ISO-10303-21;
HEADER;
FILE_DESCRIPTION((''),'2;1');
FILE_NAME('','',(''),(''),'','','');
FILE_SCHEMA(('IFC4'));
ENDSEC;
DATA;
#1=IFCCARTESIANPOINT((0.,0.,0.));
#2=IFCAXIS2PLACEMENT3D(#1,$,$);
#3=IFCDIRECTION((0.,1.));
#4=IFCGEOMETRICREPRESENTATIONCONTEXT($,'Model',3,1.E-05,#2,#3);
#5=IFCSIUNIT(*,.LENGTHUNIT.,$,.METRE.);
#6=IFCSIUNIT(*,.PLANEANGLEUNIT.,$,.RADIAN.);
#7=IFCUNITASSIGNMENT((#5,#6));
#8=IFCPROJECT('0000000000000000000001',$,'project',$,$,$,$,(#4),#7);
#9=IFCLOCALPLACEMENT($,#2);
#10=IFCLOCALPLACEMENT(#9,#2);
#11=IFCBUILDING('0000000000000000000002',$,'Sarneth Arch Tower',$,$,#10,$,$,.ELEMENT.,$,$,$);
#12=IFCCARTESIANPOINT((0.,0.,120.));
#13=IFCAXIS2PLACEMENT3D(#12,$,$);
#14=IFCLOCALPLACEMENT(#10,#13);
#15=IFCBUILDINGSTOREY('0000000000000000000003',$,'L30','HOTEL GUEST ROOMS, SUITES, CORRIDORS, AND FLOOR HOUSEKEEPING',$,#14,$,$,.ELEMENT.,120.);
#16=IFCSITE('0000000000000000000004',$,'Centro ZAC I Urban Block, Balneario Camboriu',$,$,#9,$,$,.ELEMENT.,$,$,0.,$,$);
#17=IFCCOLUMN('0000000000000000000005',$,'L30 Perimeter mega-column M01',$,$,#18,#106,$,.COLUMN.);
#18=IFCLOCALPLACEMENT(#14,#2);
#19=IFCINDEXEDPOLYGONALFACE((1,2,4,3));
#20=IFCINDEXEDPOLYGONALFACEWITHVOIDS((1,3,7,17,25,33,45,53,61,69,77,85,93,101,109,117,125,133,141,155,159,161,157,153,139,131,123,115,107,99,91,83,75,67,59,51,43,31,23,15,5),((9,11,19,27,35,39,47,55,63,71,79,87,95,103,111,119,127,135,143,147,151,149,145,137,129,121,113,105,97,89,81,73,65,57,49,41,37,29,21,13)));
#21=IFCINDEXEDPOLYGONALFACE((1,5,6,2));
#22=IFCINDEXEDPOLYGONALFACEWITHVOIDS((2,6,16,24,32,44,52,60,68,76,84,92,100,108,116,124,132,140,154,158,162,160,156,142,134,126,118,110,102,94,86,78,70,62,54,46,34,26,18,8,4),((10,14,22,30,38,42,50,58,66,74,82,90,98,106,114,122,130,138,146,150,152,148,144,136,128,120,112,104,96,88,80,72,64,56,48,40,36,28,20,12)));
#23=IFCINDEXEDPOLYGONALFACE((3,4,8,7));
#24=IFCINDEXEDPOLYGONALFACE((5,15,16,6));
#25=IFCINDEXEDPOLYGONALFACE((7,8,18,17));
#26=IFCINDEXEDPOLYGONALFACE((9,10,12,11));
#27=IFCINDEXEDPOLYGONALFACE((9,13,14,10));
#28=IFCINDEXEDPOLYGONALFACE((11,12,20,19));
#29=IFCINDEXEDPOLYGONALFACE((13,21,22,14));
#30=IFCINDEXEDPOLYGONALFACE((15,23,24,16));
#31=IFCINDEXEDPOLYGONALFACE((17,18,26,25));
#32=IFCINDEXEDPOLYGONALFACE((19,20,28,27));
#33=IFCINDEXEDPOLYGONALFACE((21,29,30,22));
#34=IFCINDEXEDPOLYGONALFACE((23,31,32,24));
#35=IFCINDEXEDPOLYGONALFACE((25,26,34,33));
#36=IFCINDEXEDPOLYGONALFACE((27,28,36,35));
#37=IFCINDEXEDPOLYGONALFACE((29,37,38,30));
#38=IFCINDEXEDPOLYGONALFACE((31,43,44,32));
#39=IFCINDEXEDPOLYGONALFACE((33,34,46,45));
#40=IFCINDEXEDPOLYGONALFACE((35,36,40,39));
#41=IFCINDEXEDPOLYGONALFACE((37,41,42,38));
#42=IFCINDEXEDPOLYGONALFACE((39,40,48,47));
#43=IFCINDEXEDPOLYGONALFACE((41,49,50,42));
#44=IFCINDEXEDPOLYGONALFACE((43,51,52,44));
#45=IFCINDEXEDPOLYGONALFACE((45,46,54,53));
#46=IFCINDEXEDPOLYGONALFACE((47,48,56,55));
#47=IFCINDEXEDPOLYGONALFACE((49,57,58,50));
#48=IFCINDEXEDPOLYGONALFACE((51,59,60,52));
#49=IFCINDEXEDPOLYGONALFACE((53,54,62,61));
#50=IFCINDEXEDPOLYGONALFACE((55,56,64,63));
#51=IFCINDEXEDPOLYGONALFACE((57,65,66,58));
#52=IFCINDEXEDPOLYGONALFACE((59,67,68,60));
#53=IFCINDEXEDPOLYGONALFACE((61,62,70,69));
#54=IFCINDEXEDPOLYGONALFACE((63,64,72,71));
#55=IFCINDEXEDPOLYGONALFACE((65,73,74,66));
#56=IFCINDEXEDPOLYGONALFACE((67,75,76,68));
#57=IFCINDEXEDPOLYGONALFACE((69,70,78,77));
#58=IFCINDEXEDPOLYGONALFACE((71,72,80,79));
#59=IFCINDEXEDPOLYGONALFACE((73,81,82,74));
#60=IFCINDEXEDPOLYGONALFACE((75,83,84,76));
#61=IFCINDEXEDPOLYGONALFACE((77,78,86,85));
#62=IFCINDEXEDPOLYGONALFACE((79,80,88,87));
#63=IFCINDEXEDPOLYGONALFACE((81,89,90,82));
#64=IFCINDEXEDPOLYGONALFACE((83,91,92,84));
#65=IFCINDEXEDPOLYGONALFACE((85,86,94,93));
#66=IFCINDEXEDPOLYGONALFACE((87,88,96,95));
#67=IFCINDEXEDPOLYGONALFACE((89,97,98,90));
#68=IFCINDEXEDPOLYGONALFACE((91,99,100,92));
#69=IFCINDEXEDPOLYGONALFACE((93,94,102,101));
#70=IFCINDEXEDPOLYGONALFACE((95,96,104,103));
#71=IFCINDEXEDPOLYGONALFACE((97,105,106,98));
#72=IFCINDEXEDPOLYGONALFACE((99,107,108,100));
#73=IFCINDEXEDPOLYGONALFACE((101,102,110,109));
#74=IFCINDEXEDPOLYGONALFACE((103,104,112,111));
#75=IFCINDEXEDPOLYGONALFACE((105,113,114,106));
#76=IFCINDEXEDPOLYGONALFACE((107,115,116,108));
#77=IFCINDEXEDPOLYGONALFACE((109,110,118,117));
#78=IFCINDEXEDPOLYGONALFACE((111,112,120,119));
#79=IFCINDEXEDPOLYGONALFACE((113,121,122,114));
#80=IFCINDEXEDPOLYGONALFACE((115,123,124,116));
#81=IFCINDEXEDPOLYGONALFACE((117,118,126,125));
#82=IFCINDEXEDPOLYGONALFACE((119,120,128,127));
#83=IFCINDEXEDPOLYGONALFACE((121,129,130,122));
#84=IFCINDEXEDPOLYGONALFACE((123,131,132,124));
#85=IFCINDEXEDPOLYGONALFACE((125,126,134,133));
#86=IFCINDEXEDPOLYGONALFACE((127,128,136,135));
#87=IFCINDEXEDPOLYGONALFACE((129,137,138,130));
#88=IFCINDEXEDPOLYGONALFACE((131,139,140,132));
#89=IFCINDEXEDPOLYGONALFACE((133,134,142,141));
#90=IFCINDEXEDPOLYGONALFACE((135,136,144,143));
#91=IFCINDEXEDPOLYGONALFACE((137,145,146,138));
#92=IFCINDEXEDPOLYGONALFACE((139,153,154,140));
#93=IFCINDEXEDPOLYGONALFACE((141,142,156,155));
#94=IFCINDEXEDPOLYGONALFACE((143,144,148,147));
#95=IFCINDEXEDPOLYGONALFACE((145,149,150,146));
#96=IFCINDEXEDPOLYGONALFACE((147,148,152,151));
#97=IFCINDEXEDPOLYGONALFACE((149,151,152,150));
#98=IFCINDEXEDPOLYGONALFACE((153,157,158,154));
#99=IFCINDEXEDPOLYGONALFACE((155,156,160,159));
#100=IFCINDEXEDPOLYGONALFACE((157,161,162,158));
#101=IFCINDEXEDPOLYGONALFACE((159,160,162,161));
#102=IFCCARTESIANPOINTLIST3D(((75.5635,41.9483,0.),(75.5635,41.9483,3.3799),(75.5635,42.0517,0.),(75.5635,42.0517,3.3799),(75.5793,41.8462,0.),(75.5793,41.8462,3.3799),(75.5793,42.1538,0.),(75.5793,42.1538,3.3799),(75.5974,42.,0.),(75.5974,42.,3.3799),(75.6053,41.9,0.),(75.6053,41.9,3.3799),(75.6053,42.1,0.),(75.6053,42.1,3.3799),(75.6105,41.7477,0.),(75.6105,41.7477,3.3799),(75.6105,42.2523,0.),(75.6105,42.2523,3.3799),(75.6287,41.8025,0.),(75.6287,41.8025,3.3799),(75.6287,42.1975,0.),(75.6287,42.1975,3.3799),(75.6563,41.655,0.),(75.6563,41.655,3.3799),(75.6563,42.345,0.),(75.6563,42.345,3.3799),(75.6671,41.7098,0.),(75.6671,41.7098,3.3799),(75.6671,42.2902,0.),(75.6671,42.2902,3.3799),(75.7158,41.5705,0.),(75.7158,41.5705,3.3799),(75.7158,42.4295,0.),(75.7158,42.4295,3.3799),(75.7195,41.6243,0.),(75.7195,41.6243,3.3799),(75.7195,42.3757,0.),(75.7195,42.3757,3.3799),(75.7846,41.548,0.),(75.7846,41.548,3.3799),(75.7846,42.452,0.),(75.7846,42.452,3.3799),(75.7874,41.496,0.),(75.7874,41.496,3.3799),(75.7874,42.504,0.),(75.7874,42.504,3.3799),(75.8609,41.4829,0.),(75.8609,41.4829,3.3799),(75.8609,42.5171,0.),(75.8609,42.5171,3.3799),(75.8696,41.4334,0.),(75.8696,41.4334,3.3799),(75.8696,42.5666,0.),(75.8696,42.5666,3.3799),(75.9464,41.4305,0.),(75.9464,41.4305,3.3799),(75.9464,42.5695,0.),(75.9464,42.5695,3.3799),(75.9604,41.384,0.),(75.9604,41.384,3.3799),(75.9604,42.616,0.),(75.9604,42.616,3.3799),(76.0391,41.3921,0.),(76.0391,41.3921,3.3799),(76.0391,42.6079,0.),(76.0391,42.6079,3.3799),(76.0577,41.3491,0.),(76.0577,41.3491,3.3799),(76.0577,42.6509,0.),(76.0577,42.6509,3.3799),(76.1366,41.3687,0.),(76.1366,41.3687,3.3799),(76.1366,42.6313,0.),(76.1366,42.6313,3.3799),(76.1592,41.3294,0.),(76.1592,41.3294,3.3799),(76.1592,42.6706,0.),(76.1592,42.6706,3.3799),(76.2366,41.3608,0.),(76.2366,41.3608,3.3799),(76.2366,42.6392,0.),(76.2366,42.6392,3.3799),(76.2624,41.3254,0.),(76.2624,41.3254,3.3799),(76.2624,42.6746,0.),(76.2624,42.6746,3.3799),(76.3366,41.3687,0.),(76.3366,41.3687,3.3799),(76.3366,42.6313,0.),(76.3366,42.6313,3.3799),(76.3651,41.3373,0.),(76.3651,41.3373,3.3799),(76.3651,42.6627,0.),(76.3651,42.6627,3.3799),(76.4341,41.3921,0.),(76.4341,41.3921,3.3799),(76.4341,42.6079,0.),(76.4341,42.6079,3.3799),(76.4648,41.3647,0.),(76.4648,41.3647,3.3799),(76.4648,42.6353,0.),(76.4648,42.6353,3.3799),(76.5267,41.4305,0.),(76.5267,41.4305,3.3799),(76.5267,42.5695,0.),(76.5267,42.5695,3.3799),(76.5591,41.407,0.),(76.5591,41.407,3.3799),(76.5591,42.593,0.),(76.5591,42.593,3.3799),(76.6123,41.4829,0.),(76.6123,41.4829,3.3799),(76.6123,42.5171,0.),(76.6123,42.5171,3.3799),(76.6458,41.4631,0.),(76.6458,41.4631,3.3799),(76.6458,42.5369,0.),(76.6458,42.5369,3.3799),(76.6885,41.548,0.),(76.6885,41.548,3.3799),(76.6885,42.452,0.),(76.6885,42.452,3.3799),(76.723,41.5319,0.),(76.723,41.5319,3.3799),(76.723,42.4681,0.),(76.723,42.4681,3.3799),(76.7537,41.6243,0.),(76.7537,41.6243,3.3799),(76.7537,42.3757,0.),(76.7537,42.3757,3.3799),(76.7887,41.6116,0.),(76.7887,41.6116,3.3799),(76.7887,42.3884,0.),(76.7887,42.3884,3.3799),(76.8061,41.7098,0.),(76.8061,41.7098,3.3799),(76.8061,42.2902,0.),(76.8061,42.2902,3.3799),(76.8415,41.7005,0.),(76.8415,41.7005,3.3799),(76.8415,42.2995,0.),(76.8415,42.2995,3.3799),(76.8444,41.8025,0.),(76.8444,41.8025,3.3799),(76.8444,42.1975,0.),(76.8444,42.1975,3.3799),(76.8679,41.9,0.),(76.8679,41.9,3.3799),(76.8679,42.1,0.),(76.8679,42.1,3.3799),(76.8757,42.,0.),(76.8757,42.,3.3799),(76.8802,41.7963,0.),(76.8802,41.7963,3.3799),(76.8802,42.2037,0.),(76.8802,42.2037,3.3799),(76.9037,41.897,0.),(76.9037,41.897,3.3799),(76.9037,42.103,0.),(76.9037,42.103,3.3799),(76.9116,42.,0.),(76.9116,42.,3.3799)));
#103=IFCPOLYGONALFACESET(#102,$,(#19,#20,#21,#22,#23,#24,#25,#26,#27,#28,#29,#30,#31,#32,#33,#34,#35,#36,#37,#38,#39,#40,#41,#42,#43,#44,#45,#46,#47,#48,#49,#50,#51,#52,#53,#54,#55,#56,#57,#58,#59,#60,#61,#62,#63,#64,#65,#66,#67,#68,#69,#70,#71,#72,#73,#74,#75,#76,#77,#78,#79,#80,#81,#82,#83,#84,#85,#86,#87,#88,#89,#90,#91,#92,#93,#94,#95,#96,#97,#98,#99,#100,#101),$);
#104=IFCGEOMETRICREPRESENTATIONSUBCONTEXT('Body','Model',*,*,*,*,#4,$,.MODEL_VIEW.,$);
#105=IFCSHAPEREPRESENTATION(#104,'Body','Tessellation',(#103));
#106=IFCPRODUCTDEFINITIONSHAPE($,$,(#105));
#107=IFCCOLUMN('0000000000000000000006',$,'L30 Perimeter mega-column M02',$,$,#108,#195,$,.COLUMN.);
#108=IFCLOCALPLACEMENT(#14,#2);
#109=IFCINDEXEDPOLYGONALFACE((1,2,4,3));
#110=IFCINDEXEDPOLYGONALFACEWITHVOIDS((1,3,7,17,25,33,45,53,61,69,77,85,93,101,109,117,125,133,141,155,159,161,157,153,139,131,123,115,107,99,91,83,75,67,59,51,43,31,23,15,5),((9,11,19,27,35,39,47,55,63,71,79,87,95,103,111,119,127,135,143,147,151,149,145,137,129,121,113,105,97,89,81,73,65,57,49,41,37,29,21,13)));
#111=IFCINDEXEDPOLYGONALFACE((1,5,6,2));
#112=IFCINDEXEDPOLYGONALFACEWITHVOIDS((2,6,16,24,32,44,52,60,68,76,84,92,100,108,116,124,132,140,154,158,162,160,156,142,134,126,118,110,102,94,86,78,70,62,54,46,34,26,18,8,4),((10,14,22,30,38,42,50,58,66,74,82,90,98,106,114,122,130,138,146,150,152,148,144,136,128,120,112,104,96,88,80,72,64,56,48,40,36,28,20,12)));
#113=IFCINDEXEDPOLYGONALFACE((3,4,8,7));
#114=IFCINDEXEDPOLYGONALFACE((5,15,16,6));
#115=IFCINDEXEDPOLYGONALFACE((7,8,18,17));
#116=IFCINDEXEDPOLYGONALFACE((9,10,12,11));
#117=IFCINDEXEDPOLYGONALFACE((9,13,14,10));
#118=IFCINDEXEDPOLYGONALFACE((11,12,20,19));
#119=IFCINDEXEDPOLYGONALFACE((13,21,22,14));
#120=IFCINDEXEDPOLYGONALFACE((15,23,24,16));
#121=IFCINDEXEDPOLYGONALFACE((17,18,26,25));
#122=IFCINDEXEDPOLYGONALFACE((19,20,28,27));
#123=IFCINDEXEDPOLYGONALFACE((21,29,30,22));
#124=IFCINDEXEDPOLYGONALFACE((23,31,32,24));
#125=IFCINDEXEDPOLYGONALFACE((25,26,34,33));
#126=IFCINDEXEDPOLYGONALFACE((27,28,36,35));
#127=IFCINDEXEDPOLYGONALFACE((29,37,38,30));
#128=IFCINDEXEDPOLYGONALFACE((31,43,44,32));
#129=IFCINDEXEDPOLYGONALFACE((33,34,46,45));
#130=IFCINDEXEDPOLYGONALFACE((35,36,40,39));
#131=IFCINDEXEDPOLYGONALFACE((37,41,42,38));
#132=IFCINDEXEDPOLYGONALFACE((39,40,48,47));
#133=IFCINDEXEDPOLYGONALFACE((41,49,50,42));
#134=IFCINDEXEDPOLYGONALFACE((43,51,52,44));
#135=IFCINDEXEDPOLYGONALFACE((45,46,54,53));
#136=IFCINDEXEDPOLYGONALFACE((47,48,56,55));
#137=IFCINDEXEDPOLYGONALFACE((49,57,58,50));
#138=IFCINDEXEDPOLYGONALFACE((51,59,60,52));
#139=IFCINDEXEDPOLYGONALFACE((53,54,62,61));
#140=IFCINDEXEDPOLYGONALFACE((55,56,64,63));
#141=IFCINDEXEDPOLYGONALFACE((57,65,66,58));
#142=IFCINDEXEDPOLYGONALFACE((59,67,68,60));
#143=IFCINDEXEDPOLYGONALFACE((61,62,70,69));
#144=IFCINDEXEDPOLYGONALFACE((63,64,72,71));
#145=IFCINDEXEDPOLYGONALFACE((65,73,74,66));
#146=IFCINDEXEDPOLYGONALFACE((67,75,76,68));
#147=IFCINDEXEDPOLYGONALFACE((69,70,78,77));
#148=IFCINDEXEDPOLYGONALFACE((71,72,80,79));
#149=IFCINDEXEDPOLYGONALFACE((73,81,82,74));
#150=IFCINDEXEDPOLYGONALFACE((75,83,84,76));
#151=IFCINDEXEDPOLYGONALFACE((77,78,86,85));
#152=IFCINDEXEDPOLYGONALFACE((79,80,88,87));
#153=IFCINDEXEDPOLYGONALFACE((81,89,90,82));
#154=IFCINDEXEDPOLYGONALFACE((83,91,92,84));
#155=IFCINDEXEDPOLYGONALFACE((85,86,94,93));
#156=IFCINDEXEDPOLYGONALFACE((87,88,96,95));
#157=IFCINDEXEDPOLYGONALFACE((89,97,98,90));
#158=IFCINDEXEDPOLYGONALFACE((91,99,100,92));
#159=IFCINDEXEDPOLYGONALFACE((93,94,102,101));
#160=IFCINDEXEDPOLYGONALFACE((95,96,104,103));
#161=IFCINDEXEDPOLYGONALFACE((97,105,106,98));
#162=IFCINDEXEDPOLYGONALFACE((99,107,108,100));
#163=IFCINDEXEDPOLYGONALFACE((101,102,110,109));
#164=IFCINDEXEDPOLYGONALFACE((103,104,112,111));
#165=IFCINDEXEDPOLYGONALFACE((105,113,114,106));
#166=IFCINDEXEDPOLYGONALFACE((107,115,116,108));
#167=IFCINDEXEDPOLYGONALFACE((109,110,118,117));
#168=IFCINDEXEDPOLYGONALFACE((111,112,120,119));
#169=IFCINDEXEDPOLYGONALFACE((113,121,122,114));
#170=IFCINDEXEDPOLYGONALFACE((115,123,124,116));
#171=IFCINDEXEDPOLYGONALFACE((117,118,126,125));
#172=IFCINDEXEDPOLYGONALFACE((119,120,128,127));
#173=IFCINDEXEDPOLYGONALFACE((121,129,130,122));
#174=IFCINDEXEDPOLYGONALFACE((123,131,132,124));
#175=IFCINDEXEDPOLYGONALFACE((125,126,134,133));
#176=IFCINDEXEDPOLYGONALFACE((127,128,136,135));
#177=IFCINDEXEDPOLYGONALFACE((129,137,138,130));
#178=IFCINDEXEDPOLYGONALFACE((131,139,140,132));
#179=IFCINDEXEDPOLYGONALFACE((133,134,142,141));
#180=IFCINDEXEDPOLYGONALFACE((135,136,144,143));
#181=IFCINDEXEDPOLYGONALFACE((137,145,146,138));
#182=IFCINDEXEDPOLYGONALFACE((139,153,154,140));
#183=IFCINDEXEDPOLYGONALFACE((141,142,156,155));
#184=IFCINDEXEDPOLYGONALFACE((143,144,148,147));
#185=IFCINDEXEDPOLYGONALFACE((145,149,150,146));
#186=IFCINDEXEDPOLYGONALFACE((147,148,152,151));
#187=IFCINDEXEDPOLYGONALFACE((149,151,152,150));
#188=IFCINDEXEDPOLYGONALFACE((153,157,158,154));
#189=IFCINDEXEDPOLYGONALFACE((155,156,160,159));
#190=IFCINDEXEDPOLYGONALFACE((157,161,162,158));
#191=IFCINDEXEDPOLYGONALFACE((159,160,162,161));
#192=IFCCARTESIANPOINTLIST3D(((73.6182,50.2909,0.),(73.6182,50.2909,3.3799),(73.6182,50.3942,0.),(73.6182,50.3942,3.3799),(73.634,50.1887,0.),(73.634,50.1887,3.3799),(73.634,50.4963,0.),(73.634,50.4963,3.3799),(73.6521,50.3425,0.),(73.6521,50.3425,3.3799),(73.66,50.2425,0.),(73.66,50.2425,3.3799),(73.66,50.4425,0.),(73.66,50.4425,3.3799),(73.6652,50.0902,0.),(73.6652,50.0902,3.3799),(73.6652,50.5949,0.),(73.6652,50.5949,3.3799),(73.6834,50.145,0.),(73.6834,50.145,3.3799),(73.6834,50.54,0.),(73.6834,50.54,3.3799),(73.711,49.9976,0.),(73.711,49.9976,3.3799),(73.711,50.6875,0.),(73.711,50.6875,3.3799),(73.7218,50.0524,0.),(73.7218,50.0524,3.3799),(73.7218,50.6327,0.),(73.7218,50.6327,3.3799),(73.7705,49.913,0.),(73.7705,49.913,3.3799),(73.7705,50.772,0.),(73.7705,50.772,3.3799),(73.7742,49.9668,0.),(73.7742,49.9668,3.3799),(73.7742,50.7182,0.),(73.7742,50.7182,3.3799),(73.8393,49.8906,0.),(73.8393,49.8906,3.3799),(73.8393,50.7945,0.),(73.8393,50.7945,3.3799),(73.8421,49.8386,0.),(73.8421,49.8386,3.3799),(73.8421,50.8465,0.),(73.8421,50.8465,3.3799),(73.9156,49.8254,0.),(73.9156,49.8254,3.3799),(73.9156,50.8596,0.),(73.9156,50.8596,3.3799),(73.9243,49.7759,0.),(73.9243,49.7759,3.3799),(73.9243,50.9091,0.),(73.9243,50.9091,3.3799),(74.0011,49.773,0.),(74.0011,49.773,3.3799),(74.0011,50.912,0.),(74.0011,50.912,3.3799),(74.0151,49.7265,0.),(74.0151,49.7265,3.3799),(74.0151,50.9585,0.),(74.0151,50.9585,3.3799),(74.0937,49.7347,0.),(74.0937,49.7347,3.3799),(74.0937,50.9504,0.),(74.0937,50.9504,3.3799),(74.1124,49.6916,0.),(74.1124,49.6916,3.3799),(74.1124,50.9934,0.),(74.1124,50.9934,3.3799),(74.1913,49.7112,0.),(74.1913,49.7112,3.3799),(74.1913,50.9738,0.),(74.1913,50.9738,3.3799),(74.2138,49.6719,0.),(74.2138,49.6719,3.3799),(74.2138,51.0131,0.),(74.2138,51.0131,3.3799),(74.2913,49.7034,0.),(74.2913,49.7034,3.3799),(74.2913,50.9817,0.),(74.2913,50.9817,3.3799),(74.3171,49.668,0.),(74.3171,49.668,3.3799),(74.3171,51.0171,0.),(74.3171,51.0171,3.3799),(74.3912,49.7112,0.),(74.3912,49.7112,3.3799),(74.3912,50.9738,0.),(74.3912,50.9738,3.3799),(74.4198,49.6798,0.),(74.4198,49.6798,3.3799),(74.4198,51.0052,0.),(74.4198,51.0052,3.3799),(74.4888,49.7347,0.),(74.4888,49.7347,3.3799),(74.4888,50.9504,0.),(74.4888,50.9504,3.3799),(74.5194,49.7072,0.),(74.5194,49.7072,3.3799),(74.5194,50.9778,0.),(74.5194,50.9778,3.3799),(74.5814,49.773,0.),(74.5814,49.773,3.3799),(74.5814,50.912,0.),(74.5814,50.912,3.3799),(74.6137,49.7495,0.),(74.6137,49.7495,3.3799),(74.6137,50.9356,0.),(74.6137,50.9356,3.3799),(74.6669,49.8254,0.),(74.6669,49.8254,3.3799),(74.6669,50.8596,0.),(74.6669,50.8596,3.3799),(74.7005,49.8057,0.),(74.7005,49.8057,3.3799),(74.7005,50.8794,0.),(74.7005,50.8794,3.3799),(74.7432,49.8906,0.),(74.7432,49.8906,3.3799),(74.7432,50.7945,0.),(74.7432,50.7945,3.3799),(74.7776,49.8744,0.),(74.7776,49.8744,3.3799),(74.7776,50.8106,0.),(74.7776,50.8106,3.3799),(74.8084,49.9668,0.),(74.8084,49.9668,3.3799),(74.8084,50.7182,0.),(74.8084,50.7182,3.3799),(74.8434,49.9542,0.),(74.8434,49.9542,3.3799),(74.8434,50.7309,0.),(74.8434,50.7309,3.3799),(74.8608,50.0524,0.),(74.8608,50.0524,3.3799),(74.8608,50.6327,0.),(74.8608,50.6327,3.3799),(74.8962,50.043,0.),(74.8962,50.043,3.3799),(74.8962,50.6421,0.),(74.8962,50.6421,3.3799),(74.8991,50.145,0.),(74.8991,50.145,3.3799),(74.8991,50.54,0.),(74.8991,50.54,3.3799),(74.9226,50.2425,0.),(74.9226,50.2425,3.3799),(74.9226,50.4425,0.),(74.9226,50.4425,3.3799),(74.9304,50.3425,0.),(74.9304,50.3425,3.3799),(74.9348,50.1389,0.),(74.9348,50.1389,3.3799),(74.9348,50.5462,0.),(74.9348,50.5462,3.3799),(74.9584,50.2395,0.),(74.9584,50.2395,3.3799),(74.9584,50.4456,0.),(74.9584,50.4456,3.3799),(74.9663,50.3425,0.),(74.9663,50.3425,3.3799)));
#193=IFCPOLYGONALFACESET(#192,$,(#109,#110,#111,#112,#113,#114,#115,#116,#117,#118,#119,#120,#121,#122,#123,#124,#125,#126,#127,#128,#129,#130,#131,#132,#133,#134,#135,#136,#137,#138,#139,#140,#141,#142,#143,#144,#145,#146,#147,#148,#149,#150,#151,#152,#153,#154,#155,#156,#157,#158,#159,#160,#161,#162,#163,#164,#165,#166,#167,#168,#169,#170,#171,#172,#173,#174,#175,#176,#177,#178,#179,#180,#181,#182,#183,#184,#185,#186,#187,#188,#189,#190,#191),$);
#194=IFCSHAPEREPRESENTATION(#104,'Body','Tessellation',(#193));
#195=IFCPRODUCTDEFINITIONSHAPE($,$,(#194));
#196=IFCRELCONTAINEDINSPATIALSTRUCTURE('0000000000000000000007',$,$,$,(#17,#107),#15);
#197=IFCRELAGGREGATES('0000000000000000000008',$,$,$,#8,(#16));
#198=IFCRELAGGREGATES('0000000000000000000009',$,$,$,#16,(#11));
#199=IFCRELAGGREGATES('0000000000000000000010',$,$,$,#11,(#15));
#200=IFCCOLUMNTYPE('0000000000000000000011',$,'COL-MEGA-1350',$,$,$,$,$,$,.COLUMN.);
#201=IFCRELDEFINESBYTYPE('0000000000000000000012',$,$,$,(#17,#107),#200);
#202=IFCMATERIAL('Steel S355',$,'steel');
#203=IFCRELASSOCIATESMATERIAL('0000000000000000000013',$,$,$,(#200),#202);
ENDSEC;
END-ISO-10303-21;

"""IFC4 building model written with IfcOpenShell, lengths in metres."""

from ifc_helpers import new_model, si_unit, direction, frame, origin, origin_2d, place, context, subcontext, project, spatial, hollow_circle, extrude, material, material_profile, profile_set, type_object, element, save


model = new_model("IFC4")

# Units and contexts
model_context = context("Model", 3, precision=1e-05, world=origin(), true_north=direction((0.0, 1.0)))
body_context = subcontext(model_context, "Body", "Model", "MODEL_VIEW")
ifc_project = project(units=[si_unit("LENGTHUNIT", "METRE"), si_unit("PLANEANGLEUNIT", "RADIAN")], contexts=[model_context])

# Site, building, storey
site_placement = place(None, origin())
site = spatial("IfcSite", under=ifc_project, at=site_placement, Name="Centro ZAC I Urban Block, Balneario Camboriu", CompositionType="ELEMENT", RefElevation=0.0)
building_placement = place(site_placement, origin())
building = spatial("IfcBuilding", under=site, at=building_placement, Name="Sarneth Arch Tower", CompositionType="ELEMENT")
storey_placement = place(building_placement, frame((0.0, 0.0, 120.0)))
storey = spatial("IfcBuildingStorey", under=building, at=storey_placement, Name="L30", Description="HOTEL GUEST ROOMS, SUITES, CORRIDORS, AND FLOOR HOUSEKEEPING", CompositionType="ELEMENT", Elevation=120.0)

# Columns
ifc_material_1 = material(Name="Steel S355", Category="steel")
ifc_material_profile_1 = material_profile(ifc_material_1, hollow_circle(Radius=0.675, WallThickness=0.0359, at=origin_2d()), Name="CHS1350x36")
ifc_profile_set_1 = profile_set([ifc_material_profile_1], Name="Steel S355")
column_type = type_object("IfcColumnType", Name="COL-MEGA-1350", PredefinedType="COLUMN", material=ifc_profile_set_1)
for number, where, z_axis, x_axis, name in (
    (1, (76.2366, 42.0, 0.0), (0.0, 0.0, 1.0), (1.0, 0.0, 0.0), "L30 Perimeter mega-column M01"),
    (2, (74.2913, 50.3425, 0.0), (0.0, 0.0, 1.0), (1.0, 0.0, 0.0), "L30 Perimeter mega-column M02"),
):
    element("IfcColumn", number, at=place(storey_placement, frame(where, z_axis=z_axis, x_axis=x_axis)), inside=storey, type_object=column_type, Name=name, PredefinedType="COLUMN", context=body_context, shape_type="SweptSolid", body=[
        extrude(hollow_circle(Radius=0.675, WallThickness=0.0359, at=origin_2d()), origin(), (0.0, 0.0, 1.0), 3.3799),
    ])

save(model, "model.ifc")
